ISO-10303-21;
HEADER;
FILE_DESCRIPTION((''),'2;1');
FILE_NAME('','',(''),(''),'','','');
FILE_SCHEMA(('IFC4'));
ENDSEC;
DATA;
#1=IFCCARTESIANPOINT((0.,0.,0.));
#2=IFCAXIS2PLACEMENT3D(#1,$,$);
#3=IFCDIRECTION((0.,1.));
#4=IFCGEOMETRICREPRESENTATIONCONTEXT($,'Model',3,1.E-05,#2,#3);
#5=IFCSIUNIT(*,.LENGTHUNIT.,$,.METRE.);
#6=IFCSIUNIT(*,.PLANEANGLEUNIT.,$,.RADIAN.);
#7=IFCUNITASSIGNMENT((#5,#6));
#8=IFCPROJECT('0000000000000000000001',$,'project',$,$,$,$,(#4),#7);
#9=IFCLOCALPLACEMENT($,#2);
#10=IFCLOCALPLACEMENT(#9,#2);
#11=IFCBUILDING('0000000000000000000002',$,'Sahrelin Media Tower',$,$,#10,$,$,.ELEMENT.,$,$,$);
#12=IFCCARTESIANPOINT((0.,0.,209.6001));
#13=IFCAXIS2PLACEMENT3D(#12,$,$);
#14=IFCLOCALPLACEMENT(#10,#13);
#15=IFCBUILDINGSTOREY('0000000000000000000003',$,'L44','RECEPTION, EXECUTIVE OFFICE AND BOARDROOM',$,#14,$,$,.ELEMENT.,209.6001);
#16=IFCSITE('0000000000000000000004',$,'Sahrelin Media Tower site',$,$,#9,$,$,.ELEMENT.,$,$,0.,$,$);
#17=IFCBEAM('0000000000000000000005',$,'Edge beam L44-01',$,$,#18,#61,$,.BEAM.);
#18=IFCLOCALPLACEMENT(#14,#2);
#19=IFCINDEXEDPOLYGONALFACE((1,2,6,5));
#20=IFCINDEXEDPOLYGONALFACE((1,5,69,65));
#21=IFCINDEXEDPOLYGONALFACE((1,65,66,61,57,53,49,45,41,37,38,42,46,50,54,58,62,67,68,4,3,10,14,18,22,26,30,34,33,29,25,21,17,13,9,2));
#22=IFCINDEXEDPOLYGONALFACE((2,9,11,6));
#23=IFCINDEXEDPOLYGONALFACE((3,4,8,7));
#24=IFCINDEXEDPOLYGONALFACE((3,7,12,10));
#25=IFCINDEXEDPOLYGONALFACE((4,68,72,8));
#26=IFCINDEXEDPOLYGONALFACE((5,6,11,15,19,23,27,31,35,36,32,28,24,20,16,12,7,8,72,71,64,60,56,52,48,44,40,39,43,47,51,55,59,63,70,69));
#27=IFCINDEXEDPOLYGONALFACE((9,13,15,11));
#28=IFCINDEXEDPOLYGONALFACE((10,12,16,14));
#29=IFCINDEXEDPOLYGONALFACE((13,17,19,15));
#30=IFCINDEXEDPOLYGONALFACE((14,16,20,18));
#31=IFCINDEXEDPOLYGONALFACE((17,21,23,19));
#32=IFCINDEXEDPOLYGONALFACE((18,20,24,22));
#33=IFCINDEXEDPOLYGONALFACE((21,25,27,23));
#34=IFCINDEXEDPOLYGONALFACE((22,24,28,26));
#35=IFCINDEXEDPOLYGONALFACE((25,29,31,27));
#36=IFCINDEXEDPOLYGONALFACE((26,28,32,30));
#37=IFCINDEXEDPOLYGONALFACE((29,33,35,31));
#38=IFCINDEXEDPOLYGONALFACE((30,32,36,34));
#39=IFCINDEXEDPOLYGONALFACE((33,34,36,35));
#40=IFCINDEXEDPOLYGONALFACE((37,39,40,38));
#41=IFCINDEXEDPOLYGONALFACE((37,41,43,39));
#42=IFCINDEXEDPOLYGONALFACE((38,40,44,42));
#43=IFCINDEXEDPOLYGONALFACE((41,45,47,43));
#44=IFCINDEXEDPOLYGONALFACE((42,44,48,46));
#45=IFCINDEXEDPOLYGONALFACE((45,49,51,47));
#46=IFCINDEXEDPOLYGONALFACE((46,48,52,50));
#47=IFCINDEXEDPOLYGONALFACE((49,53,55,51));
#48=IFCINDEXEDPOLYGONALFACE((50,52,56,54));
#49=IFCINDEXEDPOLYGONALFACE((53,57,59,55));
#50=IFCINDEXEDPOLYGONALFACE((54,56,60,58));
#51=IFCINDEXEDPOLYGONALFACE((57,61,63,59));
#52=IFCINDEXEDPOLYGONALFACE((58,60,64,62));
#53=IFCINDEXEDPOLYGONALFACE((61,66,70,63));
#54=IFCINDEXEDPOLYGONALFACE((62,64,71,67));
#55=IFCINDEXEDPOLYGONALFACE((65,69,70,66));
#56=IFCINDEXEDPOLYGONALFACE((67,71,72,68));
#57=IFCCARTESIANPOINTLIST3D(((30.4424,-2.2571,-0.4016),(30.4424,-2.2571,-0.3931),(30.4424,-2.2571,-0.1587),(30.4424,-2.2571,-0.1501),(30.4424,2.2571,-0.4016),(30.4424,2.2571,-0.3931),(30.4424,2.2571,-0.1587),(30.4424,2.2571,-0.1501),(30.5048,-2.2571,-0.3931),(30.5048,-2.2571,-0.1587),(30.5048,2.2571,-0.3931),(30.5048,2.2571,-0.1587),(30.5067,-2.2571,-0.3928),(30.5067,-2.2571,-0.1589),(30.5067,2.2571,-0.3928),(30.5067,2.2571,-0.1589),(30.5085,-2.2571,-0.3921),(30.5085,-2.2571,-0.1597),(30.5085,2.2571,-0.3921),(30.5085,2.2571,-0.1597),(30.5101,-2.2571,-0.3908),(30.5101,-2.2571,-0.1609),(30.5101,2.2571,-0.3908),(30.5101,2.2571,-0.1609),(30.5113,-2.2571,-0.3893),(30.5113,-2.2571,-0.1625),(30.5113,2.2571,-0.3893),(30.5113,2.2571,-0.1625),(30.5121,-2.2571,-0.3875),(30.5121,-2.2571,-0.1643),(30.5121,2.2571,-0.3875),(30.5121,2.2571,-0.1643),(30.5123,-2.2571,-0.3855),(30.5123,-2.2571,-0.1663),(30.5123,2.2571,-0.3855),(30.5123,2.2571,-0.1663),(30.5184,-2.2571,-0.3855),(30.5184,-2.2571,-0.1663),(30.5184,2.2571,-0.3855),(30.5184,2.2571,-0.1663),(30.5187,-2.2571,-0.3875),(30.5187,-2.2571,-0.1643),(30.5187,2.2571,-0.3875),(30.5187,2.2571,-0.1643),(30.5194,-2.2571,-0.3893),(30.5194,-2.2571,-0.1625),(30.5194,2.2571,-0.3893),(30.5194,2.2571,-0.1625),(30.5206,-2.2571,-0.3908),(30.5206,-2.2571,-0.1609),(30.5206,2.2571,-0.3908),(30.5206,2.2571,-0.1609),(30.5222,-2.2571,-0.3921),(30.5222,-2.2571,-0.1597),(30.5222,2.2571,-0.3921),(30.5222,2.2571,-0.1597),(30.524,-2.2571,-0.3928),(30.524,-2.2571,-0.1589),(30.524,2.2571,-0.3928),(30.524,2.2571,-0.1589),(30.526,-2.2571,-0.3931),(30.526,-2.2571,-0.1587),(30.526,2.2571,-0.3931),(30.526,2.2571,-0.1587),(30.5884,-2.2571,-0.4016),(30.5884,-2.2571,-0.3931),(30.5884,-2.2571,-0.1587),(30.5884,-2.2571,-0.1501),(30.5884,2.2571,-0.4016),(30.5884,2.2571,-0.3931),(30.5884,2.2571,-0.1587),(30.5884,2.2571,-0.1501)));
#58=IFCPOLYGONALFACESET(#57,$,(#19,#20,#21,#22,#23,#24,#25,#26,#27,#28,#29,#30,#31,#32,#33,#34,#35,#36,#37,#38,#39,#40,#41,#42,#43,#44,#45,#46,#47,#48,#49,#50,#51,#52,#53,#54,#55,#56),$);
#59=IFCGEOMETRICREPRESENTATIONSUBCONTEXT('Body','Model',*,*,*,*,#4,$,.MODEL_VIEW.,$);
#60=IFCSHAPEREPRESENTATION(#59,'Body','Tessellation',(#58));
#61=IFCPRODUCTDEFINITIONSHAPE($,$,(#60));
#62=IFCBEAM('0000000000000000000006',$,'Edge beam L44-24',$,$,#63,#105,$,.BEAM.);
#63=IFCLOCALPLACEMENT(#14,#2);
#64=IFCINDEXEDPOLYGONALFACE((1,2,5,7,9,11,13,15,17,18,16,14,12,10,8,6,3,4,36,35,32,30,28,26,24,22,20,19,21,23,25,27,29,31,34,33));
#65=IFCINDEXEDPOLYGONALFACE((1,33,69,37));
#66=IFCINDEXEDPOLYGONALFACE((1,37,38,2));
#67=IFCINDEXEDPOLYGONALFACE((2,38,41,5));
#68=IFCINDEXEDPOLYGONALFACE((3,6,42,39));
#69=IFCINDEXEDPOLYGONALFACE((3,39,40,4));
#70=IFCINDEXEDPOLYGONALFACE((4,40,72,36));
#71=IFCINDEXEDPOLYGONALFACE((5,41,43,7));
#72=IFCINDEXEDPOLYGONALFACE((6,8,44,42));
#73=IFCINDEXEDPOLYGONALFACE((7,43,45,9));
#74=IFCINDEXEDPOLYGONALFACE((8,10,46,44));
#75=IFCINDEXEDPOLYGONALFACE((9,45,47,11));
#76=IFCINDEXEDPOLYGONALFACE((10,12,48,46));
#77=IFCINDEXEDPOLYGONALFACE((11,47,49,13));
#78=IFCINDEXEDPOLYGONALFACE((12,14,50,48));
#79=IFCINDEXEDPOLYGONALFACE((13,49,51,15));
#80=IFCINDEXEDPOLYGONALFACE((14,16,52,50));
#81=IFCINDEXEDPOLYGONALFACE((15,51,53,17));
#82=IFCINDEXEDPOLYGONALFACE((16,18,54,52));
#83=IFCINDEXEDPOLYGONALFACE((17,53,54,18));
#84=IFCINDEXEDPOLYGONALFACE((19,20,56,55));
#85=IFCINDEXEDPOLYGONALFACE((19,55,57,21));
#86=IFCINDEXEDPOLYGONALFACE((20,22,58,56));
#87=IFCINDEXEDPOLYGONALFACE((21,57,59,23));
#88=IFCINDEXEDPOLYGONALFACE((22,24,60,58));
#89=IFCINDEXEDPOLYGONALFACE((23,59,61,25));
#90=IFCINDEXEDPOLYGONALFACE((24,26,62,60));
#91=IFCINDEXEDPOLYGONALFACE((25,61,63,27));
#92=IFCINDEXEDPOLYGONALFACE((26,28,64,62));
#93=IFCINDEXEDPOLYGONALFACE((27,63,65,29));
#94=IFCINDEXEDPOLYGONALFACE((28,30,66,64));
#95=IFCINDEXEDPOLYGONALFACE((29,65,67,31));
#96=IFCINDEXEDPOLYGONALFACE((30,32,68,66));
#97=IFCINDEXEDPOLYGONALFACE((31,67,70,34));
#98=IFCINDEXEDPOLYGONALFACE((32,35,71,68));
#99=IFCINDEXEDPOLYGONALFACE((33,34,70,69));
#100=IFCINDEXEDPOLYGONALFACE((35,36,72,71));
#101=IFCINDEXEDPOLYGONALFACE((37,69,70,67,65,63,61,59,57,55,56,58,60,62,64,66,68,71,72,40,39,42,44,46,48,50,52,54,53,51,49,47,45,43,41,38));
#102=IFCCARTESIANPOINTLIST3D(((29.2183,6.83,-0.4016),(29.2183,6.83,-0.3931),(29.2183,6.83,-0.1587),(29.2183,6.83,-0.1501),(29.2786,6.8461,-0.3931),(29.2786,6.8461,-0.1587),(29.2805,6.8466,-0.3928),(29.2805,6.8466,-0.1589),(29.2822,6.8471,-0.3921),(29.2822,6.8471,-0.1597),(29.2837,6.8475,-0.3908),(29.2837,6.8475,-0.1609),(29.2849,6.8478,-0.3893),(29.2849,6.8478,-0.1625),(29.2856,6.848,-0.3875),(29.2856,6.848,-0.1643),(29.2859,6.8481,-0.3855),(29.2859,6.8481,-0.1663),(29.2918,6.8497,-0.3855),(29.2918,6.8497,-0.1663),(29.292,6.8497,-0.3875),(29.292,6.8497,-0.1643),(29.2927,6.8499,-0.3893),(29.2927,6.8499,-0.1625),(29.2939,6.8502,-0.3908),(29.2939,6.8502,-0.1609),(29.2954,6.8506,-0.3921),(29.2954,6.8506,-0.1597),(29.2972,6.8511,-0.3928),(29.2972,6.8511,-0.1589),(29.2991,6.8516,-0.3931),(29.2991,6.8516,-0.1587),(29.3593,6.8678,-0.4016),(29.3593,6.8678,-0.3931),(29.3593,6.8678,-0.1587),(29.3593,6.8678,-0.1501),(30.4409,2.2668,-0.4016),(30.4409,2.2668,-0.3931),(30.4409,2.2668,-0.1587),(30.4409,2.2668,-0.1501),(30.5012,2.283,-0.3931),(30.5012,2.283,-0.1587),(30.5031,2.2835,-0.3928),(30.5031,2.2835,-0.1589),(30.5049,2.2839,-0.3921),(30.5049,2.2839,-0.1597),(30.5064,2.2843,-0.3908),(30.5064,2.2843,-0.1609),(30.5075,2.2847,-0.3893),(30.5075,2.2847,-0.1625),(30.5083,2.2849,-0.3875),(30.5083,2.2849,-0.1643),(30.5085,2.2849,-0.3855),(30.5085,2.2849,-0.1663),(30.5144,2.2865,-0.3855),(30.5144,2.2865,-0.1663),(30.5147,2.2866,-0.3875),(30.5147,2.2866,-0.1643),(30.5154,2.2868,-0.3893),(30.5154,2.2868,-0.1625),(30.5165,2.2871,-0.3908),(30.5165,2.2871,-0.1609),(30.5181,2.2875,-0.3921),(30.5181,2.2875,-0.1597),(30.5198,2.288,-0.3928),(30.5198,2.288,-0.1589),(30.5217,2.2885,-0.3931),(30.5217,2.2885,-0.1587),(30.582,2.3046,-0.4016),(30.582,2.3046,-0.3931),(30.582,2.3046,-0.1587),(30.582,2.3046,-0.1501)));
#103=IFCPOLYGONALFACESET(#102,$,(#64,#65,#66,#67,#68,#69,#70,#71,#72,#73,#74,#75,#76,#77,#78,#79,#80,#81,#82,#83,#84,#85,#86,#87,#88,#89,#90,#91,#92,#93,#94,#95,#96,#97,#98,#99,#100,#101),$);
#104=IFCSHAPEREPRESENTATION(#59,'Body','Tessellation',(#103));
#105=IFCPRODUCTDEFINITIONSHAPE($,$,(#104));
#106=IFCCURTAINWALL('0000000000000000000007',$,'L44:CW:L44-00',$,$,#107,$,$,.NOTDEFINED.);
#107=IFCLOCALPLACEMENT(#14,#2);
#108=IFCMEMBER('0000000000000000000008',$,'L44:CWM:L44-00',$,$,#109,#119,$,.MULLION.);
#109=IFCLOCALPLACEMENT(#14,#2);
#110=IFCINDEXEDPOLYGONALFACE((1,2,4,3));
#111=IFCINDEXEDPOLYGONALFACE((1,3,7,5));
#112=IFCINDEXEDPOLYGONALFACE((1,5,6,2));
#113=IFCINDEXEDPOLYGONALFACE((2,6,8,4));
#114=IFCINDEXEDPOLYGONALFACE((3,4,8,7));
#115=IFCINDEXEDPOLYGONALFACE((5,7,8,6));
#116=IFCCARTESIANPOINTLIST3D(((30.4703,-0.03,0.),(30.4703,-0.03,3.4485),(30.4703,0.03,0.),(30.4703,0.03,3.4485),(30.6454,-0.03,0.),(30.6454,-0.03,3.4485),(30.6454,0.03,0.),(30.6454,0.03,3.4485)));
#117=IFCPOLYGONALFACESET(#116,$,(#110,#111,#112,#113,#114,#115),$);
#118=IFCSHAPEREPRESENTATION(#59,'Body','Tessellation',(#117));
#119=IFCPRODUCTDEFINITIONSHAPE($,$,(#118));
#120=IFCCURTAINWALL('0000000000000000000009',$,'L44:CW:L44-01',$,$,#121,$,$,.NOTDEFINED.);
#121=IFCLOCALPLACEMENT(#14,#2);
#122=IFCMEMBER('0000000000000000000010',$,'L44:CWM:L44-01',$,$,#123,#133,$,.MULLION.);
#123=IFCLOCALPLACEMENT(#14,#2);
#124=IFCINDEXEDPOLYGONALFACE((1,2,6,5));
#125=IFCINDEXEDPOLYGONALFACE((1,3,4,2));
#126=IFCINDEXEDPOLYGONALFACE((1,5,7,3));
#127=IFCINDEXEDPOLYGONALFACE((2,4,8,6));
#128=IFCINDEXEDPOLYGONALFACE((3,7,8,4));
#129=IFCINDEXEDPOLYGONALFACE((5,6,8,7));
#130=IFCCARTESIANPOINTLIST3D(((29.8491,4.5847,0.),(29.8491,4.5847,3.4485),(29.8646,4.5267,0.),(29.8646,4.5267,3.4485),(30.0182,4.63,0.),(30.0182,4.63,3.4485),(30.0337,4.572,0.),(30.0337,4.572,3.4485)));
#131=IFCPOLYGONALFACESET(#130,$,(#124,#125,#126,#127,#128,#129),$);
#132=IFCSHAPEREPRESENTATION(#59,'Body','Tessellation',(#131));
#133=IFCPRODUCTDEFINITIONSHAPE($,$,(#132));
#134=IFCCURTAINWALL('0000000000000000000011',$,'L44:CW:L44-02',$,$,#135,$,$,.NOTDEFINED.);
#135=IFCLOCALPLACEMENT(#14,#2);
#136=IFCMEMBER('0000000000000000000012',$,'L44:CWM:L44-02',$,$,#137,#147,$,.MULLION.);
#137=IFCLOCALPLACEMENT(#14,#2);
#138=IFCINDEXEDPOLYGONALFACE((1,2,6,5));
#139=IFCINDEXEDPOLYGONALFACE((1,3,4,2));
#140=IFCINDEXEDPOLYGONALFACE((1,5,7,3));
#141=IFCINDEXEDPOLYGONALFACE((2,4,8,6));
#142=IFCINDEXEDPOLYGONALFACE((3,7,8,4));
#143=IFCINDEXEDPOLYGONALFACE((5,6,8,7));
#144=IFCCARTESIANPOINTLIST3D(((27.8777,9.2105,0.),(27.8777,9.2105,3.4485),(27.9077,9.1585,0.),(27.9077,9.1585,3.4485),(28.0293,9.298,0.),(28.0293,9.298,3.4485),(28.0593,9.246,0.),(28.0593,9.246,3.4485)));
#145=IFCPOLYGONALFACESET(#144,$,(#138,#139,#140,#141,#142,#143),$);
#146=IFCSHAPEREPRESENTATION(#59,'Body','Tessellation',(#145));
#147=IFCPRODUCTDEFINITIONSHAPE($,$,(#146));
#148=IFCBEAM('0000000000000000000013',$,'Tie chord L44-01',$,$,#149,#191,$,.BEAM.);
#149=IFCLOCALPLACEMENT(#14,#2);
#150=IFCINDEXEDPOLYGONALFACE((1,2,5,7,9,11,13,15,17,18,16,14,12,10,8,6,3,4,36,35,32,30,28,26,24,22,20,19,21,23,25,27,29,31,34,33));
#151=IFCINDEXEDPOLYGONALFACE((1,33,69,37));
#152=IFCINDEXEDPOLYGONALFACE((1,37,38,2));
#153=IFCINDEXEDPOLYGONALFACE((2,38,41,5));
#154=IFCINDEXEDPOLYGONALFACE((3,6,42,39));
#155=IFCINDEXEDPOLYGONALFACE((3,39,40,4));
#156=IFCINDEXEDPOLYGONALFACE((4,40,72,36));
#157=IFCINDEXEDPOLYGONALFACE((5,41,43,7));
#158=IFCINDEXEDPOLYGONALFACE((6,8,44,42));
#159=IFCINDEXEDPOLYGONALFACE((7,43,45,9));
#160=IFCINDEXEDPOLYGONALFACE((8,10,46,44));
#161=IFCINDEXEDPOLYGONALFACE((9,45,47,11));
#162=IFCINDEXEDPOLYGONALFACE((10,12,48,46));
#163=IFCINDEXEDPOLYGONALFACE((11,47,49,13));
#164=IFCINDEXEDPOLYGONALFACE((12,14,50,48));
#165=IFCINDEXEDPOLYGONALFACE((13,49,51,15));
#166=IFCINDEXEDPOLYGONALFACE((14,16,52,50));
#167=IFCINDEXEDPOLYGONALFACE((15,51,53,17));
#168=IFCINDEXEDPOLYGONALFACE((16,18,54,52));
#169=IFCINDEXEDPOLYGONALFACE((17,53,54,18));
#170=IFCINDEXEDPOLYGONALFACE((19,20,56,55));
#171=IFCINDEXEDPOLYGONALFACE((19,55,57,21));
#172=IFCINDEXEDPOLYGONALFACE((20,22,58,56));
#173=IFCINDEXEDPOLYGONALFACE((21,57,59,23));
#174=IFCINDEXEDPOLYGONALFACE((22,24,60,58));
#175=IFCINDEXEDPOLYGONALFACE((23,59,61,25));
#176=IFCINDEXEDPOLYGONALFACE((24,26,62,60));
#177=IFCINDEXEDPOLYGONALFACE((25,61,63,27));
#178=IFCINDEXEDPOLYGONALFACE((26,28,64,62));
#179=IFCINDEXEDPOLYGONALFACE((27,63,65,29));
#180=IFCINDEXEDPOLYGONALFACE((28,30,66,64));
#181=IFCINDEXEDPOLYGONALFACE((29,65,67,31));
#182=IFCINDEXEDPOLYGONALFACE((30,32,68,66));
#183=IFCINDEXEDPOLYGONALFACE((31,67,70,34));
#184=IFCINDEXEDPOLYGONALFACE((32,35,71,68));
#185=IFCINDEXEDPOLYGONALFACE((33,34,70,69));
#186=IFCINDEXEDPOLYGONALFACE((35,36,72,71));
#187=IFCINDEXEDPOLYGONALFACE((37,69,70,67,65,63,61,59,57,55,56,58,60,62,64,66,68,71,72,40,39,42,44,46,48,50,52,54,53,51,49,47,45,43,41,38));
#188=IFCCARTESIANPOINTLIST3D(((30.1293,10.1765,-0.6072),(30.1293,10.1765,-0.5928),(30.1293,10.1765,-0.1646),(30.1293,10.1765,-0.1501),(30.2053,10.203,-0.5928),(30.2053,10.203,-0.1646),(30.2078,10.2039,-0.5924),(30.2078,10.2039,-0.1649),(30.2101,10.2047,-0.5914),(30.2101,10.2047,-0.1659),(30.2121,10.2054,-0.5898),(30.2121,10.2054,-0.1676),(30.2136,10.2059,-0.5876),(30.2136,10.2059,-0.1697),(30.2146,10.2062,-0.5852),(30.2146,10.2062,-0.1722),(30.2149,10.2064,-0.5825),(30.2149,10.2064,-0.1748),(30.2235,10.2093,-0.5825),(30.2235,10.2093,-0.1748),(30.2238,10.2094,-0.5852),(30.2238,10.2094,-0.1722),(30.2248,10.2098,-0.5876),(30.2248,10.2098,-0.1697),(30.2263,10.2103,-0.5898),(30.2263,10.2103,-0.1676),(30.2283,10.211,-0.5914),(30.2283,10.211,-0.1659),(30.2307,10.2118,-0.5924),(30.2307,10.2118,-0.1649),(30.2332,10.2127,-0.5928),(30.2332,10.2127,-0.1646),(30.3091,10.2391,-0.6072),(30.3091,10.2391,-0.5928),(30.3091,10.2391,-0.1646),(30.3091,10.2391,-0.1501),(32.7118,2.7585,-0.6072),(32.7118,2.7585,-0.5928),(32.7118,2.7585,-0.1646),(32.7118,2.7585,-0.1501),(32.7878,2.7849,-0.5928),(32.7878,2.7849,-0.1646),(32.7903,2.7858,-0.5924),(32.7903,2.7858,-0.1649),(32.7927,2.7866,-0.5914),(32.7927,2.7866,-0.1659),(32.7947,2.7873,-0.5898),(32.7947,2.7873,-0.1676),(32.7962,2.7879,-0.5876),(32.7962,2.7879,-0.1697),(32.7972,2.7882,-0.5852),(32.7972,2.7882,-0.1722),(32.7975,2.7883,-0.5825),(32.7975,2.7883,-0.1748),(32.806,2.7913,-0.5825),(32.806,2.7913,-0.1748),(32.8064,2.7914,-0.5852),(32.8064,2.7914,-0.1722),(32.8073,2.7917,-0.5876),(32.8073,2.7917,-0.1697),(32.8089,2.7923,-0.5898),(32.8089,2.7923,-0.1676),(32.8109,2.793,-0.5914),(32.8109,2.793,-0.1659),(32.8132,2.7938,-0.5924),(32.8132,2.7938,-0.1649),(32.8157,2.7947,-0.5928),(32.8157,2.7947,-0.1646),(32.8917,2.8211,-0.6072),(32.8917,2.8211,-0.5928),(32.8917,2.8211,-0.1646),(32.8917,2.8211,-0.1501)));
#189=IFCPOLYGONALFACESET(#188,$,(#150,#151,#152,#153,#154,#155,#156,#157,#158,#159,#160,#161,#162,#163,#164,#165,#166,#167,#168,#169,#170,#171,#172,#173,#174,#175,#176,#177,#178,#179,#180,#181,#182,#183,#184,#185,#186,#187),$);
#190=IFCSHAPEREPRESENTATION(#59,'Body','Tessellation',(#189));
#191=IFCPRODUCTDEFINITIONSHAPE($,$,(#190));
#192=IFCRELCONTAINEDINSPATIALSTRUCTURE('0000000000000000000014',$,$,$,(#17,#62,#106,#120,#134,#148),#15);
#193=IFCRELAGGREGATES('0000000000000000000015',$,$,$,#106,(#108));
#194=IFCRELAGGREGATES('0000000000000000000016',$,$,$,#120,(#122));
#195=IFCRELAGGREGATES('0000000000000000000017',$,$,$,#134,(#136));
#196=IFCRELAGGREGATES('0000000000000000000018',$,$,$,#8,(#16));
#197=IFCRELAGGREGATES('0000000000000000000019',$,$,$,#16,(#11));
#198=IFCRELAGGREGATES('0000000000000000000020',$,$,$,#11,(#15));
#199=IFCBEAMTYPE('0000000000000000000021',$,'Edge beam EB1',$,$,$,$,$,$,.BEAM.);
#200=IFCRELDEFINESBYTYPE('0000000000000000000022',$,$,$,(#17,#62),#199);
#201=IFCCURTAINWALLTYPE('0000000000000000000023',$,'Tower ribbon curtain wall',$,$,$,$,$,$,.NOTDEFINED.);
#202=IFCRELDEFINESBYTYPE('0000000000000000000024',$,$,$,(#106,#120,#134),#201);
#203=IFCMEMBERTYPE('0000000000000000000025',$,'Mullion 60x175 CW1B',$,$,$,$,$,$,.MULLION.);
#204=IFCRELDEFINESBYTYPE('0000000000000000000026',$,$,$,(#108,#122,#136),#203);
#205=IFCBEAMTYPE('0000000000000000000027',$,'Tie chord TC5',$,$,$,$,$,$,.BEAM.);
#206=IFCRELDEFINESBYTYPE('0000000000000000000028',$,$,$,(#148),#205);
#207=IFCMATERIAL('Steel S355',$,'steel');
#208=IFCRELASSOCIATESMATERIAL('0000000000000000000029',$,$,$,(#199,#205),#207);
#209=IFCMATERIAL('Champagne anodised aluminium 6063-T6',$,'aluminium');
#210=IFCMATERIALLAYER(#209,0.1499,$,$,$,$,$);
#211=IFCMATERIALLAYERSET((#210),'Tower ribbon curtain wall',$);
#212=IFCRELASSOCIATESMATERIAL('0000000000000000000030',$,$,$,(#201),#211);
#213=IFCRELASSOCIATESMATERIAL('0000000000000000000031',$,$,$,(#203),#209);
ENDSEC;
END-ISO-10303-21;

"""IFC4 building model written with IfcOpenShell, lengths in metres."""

from ifc_helpers import new_model, si_unit, direction, frame, origin, origin_2d, place, context, subcontext, project, spatial, rectangle, i_section, extrude, material, layer, layer_set, material_profile, profile_set, type_object, element, aggregate, save


model = new_model("IFC4")

# Units and contexts
model_context = context("Model", 3, precision=1e-05, world=origin(), true_north=direction((0.0, 1.0)))
body_context = subcontext(model_context, "Body", "Model", "MODEL_VIEW")
ifc_project = project(units=[si_unit("LENGTHUNIT", "METRE"), si_unit("PLANEANGLEUNIT", "RADIAN")], contexts=[model_context])

# Site, building, storey
site_placement = place(None, origin())
site = spatial("IfcSite", under=ifc_project, at=site_placement, Name="Sahrelin Media Tower site", CompositionType="ELEMENT", RefElevation=0.0)
building_placement = place(site_placement, origin())
building = spatial("IfcBuilding", under=site, at=building_placement, Name="Sahrelin Media Tower", CompositionType="ELEMENT")
storey_placement = place(building_placement, frame((0.0, 0.0, 209.6001)))
storey = spatial("IfcBuildingStorey", under=building, at=storey_placement, Name="L44", Description="RECEPTION, EXECUTIVE OFFICE AND BOARDROOM", CompositionType="ELEMENT", Elevation=209.6001)

# Beams
ifc_material_1 = material(Name="Steel S355", Category="steel")
ifc_material_profile_1 = material_profile(ifc_material_1, i_section(OverallWidth=0.146, OverallDepth=0.2515, WebThickness=0.0061, FlangeThickness=0.0085, FilletRadius=0.0076, at=origin_2d()), Name="UB 254x146x31")
ifc_profile_set_1 = profile_set([ifc_material_profile_1], Name="Steel S355")
beam_type_1 = type_object("IfcBeamType", Name="Edge beam EB1", PredefinedType="BEAM", material=ifc_profile_set_1)
beam_1_placement = place(storey_placement, frame((30.5154, 2.2571, -0.2759), z_axis=(0.0, -1.0, 0.0), x_axis=(1.0, 0.0, 0.0)))
element("IfcBeam", 1, at=beam_1_placement, inside=storey, type_object=beam_type_1, Name="Edge beam L44-01", PredefinedType="BEAM", context=body_context, shape_type="SweptSolid", body=[
    extrude(i_section(OverallWidth=0.146, OverallDepth=0.2515, WebThickness=0.0061, FlangeThickness=0.0085, FilletRadius=0.0076, at=origin_2d()), origin(), (0.0, 0.0, 1.0), 4.5142),
])
beam_2_placement = place(storey_placement, frame((29.2888, 6.8489, -0.2759), z_axis=(0.258808, -0.965929, 0.0), x_axis=(0.965929, 0.258808, 0.0)))
element("IfcBeam", 2, at=beam_2_placement, inside=storey, type_object=beam_type_1, Name="Edge beam L44-24", PredefinedType="BEAM", context=body_context, shape_type="SweptSolid", body=[
    extrude(i_section(OverallWidth=0.146, OverallDepth=0.2515, WebThickness=0.0061, FlangeThickness=0.0085, FilletRadius=0.0076, at=origin_2d()), origin(), (0.0, 0.0, 1.0), 4.7241),
])

# Curtain walls, members
ifc_material_2 = material(Name="Champagne anodised aluminium 6063-T6", Category="aluminium")
ifc_layer_1 = layer(ifc_material_2, 0.1499)
ifc_layer_set_1 = layer_set([ifc_layer_1], Name="Tower ribbon curtain wall")
curtain_wall_type = type_object("IfcCurtainWallType", Name="Tower ribbon curtain wall", PredefinedType="NOTDEFINED", material=ifc_layer_set_1)
curtain_wall_1_placement = place(storey_placement, frame((30.6653, 0.0, 0.0), z_axis=(0.0, 0.0, 1.0), x_axis=(1.0, 0.0, 0.0)))
curtain_wall_1 = element("IfcCurtainWall", 3, at=curtain_wall_1_placement, inside=storey, type_object=curtain_wall_type, Name="L44:CW:L44-00", PredefinedType="NOTDEFINED")
ifc_material_profile_2 = material_profile(ifc_material_2, rectangle(XDim=0.0601, YDim=0.175, at=origin_2d()), Name="Mullion 60x175")
ifc_profile_set_2 = profile_set([ifc_material_profile_2], Name="Champagne anodised aluminium 6063-T6")
member_type_1 = type_object("IfcMemberType", Name="Mullion 60x175 CW1B", PredefinedType="MULLION", material=ifc_profile_set_2)
member_1_placement = place(storey_placement, frame((30.5579, 0.0, 0.0), z_axis=(0.0, 0.0, 1.0), x_axis=(0.0, 1.0, 0.0)))
member_1 = element("IfcMember", 4, at=member_1_placement, type_object=member_type_1, Name="L44:CWM:L44-00", PredefinedType="MULLION", context=body_context, shape_type="SweptSolid", body=[
    extrude(rectangle(XDim=0.0601, YDim=0.175, at=origin_2d()), origin(), (0.0, 0.0, 1.0), 3.4485),
])
aggregate(curtain_wall_1, [member_1])
curtain_wall_2_placement = place(storey_placement, frame((30.0452, 4.6062, 0.0), z_axis=(0.0, 0.0, 1.0), x_axis=(1.0, 0.0, 0.0)))
curtain_wall_2 = element("IfcCurtainWall", 5, at=curtain_wall_2_placement, inside=storey, type_object=curtain_wall_type, Name="L44:CW:L44-01", PredefinedType="NOTDEFINED")
member_2_placement = place(storey_placement, frame((29.9414, 4.5784, 0.0), z_axis=(0.0, 0.0, 1.0), x_axis=(-0.258811, 0.965928, 0.0)))
member_2 = element("IfcMember", 6, at=member_2_placement, type_object=member_type_1, Name="L44:CWM:L44-01", PredefinedType="MULLION", context=body_context, shape_type="SweptSolid", body=[
    extrude(rectangle(XDim=0.0601, YDim=0.175, at=origin_2d()), origin(), (0.0, 0.0, 1.0), 3.4485),
])
curtain_wall_3_placement = place(storey_placement, frame((28.0615, 9.282, 0.0), z_axis=(0.0, 0.0, 1.0), x_axis=(1.0, 0.0, 0.0)))
curtain_wall_3 = element("IfcCurtainWall", 7, at=curtain_wall_3_placement, inside=storey, type_object=curtain_wall_type, Name="L44:CW:L44-02", PredefinedType="NOTDEFINED")
member_3_placement = place(storey_placement, frame((27.9685, 9.2283, 0.0), z_axis=(0.0, 0.0, 1.0), x_axis=(-0.500002, 0.866025, 0.0)))
member_3 = element("IfcMember", 8, at=member_3_placement, type_object=member_type_1, Name="L44:CWM:L44-02", PredefinedType="MULLION", context=body_context, shape_type="SweptSolid", body=[
    extrude(rectangle(XDim=0.0601, YDim=0.175, at=origin_2d()), origin(), (0.0, 0.0, 1.0), 3.4485),
])

# Beam
ifc_material_profile_3 = material_profile(ifc_material_1, i_section(OverallWidth=0.1904, OverallDepth=0.457, WebThickness=0.009, FlangeThickness=0.0144, FilletRadius=0.0103, at=origin_2d()), Name="UB 457x191x74")
ifc_profile_set_3 = profile_set([ifc_material_profile_3], Name="Steel S355")
beam_type_2 = type_object("IfcBeamType", Name="Tie chord TC5", PredefinedType="BEAM", material=ifc_profile_set_3)
beam_3_placement = place(storey_placement, frame((32.8018, 2.7898, -0.3787), z_axis=(-0.328788, 0.944404, 0.0), x_axis=(-0.944404, -0.328788, 0.0)))
element("IfcBeam", 9, at=beam_3_placement, inside=storey, type_object=beam_type_2, Name="Tie chord L44-01", PredefinedType="BEAM", context=body_context, shape_type="SweptSolid", body=[
    extrude(i_section(OverallWidth=0.1904, OverallDepth=0.457, WebThickness=0.009, FlangeThickness=0.0144, FilletRadius=0.0103, at=origin_2d()), origin(), (0.0, 0.0, 1.0), 7.8547),
])

aggregate(curtain_wall_2, [member_2])
aggregate(curtain_wall_3, [member_3])

save(model, "model.ifc")
